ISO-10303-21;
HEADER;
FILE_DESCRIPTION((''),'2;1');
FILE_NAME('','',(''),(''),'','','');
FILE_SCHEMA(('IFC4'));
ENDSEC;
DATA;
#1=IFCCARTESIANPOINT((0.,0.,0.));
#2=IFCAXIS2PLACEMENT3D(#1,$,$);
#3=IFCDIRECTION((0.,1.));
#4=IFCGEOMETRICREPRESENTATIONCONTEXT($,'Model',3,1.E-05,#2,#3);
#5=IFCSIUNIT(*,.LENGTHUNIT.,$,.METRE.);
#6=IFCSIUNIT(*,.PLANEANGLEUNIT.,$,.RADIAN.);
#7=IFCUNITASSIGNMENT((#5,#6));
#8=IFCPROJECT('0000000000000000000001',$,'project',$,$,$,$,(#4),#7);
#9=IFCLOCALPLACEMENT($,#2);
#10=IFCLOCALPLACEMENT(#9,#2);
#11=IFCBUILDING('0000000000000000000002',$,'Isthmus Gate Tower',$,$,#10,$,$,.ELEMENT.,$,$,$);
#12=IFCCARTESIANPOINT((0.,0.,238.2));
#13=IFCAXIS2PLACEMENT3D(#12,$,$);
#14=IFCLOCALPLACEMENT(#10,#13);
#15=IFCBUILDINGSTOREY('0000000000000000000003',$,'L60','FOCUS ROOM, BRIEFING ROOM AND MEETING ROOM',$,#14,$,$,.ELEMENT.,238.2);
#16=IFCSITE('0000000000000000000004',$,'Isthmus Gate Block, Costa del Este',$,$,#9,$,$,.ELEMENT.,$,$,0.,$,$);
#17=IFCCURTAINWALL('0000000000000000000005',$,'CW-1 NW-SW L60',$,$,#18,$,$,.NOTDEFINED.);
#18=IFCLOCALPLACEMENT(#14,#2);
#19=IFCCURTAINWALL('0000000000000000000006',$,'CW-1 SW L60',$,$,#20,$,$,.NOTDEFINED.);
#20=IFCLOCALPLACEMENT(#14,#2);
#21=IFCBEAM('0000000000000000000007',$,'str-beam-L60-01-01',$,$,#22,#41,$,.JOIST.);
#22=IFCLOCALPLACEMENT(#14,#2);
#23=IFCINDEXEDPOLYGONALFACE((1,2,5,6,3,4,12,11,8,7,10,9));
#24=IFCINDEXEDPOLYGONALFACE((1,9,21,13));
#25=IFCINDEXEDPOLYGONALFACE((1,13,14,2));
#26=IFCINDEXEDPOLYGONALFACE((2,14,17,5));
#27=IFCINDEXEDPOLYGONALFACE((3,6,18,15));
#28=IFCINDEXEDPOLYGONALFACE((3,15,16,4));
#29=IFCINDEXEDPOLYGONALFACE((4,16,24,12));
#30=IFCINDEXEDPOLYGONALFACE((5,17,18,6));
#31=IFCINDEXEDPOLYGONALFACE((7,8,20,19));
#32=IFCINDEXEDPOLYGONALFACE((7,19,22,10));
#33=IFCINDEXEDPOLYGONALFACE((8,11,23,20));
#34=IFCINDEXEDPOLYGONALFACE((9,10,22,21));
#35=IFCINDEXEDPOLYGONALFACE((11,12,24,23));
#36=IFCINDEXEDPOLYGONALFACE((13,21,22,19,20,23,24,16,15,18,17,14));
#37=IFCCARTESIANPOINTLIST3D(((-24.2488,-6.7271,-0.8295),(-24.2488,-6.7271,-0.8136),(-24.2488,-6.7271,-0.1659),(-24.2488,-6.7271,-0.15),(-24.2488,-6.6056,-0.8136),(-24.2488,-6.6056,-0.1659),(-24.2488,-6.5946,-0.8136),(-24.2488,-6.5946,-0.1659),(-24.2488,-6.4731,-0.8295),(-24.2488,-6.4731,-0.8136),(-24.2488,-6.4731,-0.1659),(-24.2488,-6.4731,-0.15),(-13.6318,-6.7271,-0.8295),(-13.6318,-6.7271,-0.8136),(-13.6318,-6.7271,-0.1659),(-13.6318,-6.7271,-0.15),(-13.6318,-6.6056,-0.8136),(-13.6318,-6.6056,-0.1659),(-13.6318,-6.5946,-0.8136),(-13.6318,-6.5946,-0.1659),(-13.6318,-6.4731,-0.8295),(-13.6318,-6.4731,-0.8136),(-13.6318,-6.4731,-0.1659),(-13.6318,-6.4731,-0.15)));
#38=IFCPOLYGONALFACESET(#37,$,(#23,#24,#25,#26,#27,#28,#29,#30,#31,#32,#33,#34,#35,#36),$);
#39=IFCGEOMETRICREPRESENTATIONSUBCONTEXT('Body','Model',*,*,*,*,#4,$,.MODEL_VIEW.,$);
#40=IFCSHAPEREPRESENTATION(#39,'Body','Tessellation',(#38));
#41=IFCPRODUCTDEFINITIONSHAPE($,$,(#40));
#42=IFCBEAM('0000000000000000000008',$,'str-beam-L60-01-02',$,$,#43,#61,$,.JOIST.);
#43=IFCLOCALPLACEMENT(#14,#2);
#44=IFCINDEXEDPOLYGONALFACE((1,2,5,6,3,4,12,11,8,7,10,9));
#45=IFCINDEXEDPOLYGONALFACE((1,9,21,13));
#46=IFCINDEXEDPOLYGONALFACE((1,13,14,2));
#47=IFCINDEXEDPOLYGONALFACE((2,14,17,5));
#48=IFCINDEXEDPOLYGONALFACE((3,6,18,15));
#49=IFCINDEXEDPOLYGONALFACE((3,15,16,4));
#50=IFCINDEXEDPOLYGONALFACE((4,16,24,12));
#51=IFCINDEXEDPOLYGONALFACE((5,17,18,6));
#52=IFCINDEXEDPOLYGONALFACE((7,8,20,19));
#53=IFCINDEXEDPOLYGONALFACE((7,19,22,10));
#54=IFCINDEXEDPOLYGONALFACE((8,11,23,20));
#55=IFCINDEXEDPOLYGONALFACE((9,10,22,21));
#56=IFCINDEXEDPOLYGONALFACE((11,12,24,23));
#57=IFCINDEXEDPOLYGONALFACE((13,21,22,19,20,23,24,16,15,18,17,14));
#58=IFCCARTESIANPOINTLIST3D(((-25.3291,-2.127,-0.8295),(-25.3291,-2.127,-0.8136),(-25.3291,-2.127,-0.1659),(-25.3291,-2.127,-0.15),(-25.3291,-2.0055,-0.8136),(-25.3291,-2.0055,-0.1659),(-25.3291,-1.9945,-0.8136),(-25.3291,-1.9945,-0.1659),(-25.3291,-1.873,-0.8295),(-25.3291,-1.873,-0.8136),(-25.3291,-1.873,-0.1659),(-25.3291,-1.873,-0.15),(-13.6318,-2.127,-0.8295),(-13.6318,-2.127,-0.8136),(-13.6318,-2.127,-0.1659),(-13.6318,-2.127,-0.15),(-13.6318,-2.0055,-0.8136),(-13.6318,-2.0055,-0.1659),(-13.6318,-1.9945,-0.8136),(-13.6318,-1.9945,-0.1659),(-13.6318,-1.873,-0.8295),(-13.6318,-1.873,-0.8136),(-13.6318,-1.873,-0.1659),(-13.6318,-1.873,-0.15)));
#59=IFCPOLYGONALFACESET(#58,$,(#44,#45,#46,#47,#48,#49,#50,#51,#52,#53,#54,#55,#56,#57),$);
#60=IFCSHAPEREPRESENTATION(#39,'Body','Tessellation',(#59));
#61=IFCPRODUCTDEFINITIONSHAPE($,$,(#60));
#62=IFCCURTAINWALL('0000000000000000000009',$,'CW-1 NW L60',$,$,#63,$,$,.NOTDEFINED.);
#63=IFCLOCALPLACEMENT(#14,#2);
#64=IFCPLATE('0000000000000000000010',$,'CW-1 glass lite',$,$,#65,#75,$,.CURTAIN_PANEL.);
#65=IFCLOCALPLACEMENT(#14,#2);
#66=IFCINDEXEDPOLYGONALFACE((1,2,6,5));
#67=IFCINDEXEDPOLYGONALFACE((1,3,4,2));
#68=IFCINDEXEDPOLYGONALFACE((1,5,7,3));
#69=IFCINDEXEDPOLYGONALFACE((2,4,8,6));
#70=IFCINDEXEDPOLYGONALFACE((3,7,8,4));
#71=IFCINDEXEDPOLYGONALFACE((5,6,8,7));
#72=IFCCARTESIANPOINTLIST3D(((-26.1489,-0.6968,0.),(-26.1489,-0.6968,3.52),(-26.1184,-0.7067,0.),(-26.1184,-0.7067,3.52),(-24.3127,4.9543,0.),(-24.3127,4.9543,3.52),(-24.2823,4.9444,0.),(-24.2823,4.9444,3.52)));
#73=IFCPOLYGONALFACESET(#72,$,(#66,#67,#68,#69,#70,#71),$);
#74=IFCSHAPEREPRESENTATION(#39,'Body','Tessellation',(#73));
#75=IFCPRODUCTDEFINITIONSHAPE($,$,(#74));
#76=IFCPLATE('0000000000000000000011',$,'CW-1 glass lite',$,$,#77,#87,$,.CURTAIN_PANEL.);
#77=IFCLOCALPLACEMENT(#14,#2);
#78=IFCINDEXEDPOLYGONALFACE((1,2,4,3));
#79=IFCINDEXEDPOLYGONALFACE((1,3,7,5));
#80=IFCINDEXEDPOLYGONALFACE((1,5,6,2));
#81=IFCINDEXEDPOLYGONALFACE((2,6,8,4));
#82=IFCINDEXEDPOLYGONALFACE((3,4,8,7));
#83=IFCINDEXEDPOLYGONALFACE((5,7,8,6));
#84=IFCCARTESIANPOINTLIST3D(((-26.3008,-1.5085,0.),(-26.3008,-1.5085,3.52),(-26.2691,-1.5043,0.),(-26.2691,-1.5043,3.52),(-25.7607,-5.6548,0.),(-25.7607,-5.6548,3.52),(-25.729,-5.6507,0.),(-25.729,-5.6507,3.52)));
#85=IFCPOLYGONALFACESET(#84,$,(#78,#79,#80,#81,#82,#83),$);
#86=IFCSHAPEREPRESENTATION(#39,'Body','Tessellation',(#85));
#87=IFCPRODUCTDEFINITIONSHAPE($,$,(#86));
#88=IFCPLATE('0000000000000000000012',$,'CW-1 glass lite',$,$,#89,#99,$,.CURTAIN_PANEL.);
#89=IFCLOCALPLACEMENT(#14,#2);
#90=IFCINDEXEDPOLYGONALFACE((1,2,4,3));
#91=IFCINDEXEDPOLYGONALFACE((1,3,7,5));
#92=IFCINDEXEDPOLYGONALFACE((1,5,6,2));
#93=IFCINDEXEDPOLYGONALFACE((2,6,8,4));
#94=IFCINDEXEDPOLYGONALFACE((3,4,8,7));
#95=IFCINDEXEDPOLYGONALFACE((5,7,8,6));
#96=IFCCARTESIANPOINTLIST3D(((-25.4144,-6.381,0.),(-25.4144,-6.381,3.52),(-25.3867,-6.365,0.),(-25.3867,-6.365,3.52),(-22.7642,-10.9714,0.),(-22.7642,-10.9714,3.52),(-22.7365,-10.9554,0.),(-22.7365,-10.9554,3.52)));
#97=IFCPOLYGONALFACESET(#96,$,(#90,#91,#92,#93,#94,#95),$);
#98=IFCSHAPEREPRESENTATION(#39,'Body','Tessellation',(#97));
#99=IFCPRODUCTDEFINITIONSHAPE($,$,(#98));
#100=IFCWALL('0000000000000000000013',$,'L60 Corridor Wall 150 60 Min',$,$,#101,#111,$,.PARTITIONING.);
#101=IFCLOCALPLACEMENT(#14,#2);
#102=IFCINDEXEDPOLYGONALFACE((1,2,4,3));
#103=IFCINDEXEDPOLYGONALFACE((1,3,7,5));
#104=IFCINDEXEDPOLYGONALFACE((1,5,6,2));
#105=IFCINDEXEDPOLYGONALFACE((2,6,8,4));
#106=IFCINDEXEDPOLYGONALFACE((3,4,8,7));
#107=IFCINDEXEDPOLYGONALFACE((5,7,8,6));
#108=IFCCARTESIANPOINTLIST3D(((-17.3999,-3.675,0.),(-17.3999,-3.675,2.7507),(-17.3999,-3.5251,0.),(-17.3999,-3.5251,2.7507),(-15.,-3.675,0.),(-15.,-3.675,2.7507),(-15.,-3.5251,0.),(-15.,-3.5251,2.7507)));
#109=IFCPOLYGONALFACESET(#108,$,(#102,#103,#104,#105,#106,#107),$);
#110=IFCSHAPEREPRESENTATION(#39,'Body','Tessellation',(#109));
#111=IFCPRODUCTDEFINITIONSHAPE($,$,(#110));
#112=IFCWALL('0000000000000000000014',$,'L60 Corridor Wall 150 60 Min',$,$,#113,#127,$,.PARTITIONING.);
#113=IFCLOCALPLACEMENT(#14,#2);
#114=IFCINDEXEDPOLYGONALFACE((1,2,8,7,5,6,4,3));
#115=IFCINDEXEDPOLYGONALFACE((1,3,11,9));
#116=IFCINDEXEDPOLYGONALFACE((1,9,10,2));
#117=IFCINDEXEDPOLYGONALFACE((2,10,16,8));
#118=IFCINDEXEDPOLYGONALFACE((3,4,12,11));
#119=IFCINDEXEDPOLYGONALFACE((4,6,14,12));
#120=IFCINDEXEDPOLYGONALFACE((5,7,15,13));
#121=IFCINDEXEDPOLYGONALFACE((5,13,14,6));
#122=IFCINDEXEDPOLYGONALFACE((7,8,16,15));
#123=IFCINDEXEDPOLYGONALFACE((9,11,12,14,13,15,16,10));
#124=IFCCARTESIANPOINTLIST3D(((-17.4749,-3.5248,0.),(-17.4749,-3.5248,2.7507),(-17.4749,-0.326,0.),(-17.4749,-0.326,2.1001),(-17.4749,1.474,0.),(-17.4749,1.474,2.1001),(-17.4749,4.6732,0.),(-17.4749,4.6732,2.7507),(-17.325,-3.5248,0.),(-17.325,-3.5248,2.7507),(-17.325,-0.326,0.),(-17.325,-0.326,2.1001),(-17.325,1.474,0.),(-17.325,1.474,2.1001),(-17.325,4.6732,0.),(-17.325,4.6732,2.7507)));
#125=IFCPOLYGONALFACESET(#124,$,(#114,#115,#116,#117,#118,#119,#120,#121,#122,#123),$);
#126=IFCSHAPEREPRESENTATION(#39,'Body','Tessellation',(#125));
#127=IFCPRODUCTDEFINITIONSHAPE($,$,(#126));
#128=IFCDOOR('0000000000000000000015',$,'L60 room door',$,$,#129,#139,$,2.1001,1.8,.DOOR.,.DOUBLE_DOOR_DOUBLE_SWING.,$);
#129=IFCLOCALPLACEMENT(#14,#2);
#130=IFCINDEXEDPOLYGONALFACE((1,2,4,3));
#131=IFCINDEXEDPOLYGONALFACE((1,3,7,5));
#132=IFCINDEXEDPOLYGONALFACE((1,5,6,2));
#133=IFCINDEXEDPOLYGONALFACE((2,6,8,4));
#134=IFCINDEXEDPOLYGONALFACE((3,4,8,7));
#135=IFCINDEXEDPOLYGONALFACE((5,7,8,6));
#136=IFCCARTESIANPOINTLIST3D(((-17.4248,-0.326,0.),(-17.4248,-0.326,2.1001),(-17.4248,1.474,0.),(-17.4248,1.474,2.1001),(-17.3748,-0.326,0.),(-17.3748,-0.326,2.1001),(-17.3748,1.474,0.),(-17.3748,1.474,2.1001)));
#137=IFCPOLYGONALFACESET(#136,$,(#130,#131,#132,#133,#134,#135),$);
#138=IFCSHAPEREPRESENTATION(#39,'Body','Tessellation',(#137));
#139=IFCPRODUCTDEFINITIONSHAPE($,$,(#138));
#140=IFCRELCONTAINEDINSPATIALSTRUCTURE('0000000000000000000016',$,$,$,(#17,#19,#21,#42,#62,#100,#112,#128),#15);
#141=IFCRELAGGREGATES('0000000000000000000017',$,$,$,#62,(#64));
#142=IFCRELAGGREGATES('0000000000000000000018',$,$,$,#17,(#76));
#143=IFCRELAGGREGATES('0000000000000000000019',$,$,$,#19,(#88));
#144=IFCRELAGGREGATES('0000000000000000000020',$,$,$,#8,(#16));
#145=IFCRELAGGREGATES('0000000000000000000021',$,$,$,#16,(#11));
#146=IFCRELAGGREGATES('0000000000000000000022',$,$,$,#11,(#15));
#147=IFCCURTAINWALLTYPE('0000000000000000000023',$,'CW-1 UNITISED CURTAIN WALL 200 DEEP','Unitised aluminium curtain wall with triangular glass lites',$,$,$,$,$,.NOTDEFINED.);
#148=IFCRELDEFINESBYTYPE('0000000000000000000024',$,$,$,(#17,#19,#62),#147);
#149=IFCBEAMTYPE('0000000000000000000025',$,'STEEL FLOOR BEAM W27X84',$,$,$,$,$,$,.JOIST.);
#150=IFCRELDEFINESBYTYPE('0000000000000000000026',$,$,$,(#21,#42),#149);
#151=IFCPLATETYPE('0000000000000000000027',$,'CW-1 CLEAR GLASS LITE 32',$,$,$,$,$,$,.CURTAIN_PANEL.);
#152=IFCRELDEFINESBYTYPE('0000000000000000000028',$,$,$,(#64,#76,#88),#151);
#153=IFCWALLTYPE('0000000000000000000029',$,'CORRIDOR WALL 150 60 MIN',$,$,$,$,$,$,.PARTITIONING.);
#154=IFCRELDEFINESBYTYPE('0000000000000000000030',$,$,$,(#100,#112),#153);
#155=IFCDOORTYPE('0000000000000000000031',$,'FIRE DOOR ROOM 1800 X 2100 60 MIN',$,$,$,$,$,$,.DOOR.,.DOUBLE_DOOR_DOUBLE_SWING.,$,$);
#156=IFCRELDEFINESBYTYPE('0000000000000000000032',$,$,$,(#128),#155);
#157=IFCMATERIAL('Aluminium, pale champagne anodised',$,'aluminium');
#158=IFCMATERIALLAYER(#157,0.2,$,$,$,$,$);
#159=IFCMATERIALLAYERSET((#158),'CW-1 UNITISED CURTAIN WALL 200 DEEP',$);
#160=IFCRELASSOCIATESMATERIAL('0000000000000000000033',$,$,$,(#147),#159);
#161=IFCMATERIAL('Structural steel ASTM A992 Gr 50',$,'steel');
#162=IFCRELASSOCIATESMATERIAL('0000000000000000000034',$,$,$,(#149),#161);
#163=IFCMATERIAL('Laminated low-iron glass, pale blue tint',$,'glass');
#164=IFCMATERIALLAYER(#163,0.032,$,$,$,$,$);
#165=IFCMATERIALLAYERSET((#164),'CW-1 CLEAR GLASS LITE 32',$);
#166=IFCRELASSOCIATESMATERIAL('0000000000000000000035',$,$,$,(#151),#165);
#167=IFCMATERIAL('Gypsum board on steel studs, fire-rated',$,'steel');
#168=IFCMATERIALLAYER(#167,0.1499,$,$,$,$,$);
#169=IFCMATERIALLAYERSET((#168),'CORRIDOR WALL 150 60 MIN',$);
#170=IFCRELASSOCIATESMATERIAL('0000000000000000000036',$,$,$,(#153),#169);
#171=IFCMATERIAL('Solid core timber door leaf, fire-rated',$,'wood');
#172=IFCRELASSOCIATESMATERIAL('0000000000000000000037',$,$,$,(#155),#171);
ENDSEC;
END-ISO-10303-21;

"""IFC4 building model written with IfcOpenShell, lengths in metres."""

from ifc_helpers import new_model, si_unit, direction, frame, frame_2d, origin, origin_2d, place, context, subcontext, project, spatial, rectangle, i_section, extrude, material, layer, layer_set, material_profile, profile_set, type_object, element, fill, aggregate, save


model = new_model("IFC4")

# Units and contexts
model_context = context("Model", 3, precision=1e-05, world=origin(), true_north=direction((0.0, 1.0)))
body_context = subcontext(model_context, "Body", "Model", "MODEL_VIEW")
ifc_project = project(units=[si_unit("LENGTHUNIT", "METRE"), si_unit("PLANEANGLEUNIT", "RADIAN")], contexts=[model_context])

# Site, building, storey
site_placement = place(None, origin())
site = spatial("IfcSite", under=ifc_project, at=site_placement, Name="Isthmus Gate Block, Costa del Este", CompositionType="ELEMENT", RefElevation=0.0)
building_placement = place(site_placement, origin())
building = spatial("IfcBuilding", under=site, at=building_placement, Name="Isthmus Gate Tower", CompositionType="ELEMENT")
storey_placement = place(building_placement, frame((0.0, 0.0, 238.2)))
storey = spatial("IfcBuildingStorey", under=building, at=storey_placement, Name="L60", Description="FOCUS ROOM, BRIEFING ROOM AND MEETING ROOM", CompositionType="ELEMENT", Elevation=238.2)

# Curtain walls
ifc_material_1 = material(Name="Aluminium, pale champagne anodised", Category="aluminium")
ifc_layer_1 = layer(ifc_material_1, 0.2)
ifc_layer_set_1 = layer_set([ifc_layer_1], Name="CW-1 UNITISED CURTAIN WALL 200 DEEP")
curtain_wall_type = type_object("IfcCurtainWallType", Name="CW-1 UNITISED CURTAIN WALL 200 DEEP", Description="Unitised aluminium curtain wall with triangular glass lites", PredefinedType="NOTDEFINED", material=ifc_layer_set_1)
curtain_wall_1_placement = place(storey_placement, origin())
curtain_wall_1 = element("IfcCurtainWall", 1, at=curtain_wall_1_placement, inside=storey, type_object=curtain_wall_type, Name="CW-1 NW-SW L60", PredefinedType="NOTDEFINED")
curtain_wall_2_placement = place(storey_placement, origin())
curtain_wall_2 = element("IfcCurtainWall", 2, at=curtain_wall_2_placement, inside=storey, type_object=curtain_wall_type, Name="CW-1 SW L60", PredefinedType="NOTDEFINED")

# Beams
ifc_material_2 = material(Name="Structural steel ASTM A992 Gr 50", Category="steel")
ifc_material_profile_1 = material_profile(ifc_material_2, i_section(OverallWidth=0.2539, OverallDepth=0.6794, WebThickness=0.011, FlangeThickness=0.0159, at=origin_2d()), Name="W27X84")
ifc_profile_set_1 = profile_set([ifc_material_profile_1], Name="Structural steel ASTM A992 Gr 50")
beam_type_1 = type_object("IfcBeamType", Name="STEEL FLOOR BEAM W27X84", PredefinedType="JOIST", material=ifc_profile_set_1)
beam_1_placement = place(storey_placement, frame((-24.2488, -6.6001, -0.4897), z_axis=(1.0, 0.0, 0.0), x_axis=(0.0, 1.0, 0.0)))
element("IfcBeam", 3, at=beam_1_placement, inside=storey, type_object=beam_type_1, Name="str-beam-L60-01-01", PredefinedType="JOIST", context=body_context, shape_type="SweptSolid", body=[
    extrude(i_section(OverallWidth=0.2539, OverallDepth=0.6794, WebThickness=0.011, FlangeThickness=0.0159, at=origin_2d()), origin(), (0.0, 0.0, 1.0), 10.6169),
])
beam_2_placement = place(storey_placement, frame((-25.3291, -2.0, -0.4897), z_axis=(1.0, 0.0, 0.0), x_axis=(0.0, 1.0, 0.0)))
element("IfcBeam", 4, at=beam_2_placement, inside=storey, type_object=beam_type_1, Name="str-beam-L60-01-02", PredefinedType="JOIST", context=body_context, shape_type="SweptSolid", body=[
    extrude(i_section(OverallWidth=0.2539, OverallDepth=0.6794, WebThickness=0.011, FlangeThickness=0.0159, at=origin_2d()), origin(), (0.0, 0.0, 1.0), 11.6973),
])

# Curtain wall, plate
curtain_wall_3_placement = place(storey_placement, origin())
curtain_wall_3 = element("IfcCurtainWall", 5, at=curtain_wall_3_placement, inside=storey, type_object=curtain_wall_type, Name="CW-1 NW L60", PredefinedType="NOTDEFINED")
ifc_material_3 = material(Name="Laminated low-iron glass, pale blue tint", Category="glass")
ifc_layer_2 = layer(ifc_material_3, 0.032)
ifc_layer_set_2 = layer_set([ifc_layer_2], Name="CW-1 CLEAR GLASS LITE 32")
plate_type = type_object("IfcPlateType", Name="CW-1 CLEAR GLASS LITE 32", PredefinedType="CURTAIN_PANEL", material=ifc_layer_set_2)
plate_1_placement = place(storey_placement, frame((-25.2156, 2.1238, 0.0), z_axis=(0.0, 0.0, 1.0), x_axis=(-0.309017, -0.951057, 0.0)))
plate_1 = element("IfcPlate", 6, at=plate_1_placement, type_object=plate_type, Name="CW-1 glass lite", PredefinedType="CURTAIN_PANEL", context=body_context, shape_type="SweptSolid", body=[
    extrude(rectangle(XDim=5.9419, YDim=0.032, at=origin_2d()), origin(), (0.0, 0.0, 1.0), 3.52),
])
aggregate(curtain_wall_3, [plate_1])

# Plates
plate_2_placement = place(storey_placement, frame((-26.0149, -3.5796, 0.0), z_axis=(0.0, 0.0, 1.0), x_axis=(0.129165, -0.991623, 0.0)))
plate_2 = element("IfcPlate", 7, at=plate_2_placement, type_object=plate_type, Name="CW-1 glass lite", PredefinedType="CURTAIN_PANEL", context=body_context, shape_type="SweptSolid", body=[
    extrude(rectangle(XDim=4.1814, YDim=0.032, at=origin_2d()), origin(), (0.0, 0.0, 1.0), 3.52),
])
aggregate(curtain_wall_1, [plate_2])
plate_3_placement = place(storey_placement, frame((-24.0754, -8.6682, 0.0), z_axis=(0.0, 0.0, 1.0), x_axis=(0.5, -0.866025, 0.0)))
plate_3 = element("IfcPlate", 8, at=plate_3_placement, type_object=plate_type, Name="CW-1 glass lite", PredefinedType="CURTAIN_PANEL", context=body_context, shape_type="SweptSolid", body=[
    extrude(rectangle(XDim=5.3005, YDim=0.032, at=origin_2d()), origin(), (0.0, 0.0, 1.0), 3.52),
])
aggregate(curtain_wall_2, [plate_3])

# Wall
ifc_material_4 = material(Name="Gypsum board on steel studs, fire-rated", Category="steel")
ifc_layer_3 = layer(ifc_material_4, 0.1499)
ifc_layer_set_3 = layer_set([ifc_layer_3], Name="CORRIDOR WALL 150 60 MIN")
wall_type = type_object("IfcWallType", Name="CORRIDOR WALL 150 60 MIN", PredefinedType="PARTITIONING", material=ifc_layer_set_3)
wall_1_placement = place(storey_placement, frame((-15.0, -3.6001, 0.0), z_axis=(0.0, 0.0, 1.0), x_axis=(-1.0, 0.0, 0.0)))
element("IfcWall", 9, at=wall_1_placement, inside=storey, type_object=wall_type, Name="L60 Corridor Wall 150 60 Min", PredefinedType="PARTITIONING", context=body_context, shape_type="SweptSolid", body=[
    extrude(rectangle(XDim=2.3999, YDim=0.1499, at=frame_2d((1.2, 0.0))), origin(), (0.0, 0.0, 1.0), 2.7507),
])

# Wall, opening, door
wall_2_placement = place(storey_placement, frame((-17.3999, -3.5249, 0.0), z_axis=(0.0, 0.0, 1.0), x_axis=(0.0, 1.0, 0.0)))
wall_2 = element("IfcWall", 10, at=wall_2_placement, inside=storey, type_object=wall_type, Name="L60 Corridor Wall 150 60 Min", PredefinedType="PARTITIONING", context=body_context, shape_type="SweptSolid", body=[
    extrude(rectangle(XDim=8.198, YDim=0.1499, at=frame_2d((4.0991, 0.0))), origin(), (0.0, 0.0, 1.0), 2.7507),
])
opening_placement = place(wall_2_placement, frame((3.199, 0.0, 0.0)))
opening = element("IfcOpeningElement", 11, at=opening_placement, cuts=wall_2, PredefinedType="OPENING", context=body_context, shape_type="SweptSolid", body=[
    extrude(rectangle(XDim=1.8, YDim=2.1001, at=frame_2d((0.8999, 1.05))), frame((0.0, 0.085, 0.0), z_axis=(0.0, -1.0, 0.0), x_axis=(1.0, 0.0, 0.0)), (0.0, 0.0, 1.0), 0.1699),
])
ifc_material_5 = material(Name="Solid core timber door leaf, fire-rated", Category="wood")
door_type = type_object("IfcDoorType", Name="FIRE DOOR ROOM 1800 X 2100 60 MIN", OperationType="DOUBLE_DOOR_DOUBLE_SWING", PredefinedType="DOOR", material=ifc_material_5)
door_placement = place(opening_placement, origin())
door = element("IfcDoor", 12, at=door_placement, inside=storey, type_object=door_type, Name="L60 room door", OperationType="DOUBLE_DOOR_DOUBLE_SWING", OverallHeight=2.1001, OverallWidth=1.8, PredefinedType="DOOR", context=body_context, shape_type="SweptSolid", body=[
    extrude(rectangle(XDim=1.8, YDim=2.1001, at=frame_2d((0.8999, 1.05))), frame((0.0, 0.0249, 0.0), z_axis=(0.0, -1.0, 0.0), x_axis=(1.0, 0.0, 0.0)), (0.0, 0.0, 1.0), 0.05),
])
fill(opening, door)

save(model, "model.ifc")
